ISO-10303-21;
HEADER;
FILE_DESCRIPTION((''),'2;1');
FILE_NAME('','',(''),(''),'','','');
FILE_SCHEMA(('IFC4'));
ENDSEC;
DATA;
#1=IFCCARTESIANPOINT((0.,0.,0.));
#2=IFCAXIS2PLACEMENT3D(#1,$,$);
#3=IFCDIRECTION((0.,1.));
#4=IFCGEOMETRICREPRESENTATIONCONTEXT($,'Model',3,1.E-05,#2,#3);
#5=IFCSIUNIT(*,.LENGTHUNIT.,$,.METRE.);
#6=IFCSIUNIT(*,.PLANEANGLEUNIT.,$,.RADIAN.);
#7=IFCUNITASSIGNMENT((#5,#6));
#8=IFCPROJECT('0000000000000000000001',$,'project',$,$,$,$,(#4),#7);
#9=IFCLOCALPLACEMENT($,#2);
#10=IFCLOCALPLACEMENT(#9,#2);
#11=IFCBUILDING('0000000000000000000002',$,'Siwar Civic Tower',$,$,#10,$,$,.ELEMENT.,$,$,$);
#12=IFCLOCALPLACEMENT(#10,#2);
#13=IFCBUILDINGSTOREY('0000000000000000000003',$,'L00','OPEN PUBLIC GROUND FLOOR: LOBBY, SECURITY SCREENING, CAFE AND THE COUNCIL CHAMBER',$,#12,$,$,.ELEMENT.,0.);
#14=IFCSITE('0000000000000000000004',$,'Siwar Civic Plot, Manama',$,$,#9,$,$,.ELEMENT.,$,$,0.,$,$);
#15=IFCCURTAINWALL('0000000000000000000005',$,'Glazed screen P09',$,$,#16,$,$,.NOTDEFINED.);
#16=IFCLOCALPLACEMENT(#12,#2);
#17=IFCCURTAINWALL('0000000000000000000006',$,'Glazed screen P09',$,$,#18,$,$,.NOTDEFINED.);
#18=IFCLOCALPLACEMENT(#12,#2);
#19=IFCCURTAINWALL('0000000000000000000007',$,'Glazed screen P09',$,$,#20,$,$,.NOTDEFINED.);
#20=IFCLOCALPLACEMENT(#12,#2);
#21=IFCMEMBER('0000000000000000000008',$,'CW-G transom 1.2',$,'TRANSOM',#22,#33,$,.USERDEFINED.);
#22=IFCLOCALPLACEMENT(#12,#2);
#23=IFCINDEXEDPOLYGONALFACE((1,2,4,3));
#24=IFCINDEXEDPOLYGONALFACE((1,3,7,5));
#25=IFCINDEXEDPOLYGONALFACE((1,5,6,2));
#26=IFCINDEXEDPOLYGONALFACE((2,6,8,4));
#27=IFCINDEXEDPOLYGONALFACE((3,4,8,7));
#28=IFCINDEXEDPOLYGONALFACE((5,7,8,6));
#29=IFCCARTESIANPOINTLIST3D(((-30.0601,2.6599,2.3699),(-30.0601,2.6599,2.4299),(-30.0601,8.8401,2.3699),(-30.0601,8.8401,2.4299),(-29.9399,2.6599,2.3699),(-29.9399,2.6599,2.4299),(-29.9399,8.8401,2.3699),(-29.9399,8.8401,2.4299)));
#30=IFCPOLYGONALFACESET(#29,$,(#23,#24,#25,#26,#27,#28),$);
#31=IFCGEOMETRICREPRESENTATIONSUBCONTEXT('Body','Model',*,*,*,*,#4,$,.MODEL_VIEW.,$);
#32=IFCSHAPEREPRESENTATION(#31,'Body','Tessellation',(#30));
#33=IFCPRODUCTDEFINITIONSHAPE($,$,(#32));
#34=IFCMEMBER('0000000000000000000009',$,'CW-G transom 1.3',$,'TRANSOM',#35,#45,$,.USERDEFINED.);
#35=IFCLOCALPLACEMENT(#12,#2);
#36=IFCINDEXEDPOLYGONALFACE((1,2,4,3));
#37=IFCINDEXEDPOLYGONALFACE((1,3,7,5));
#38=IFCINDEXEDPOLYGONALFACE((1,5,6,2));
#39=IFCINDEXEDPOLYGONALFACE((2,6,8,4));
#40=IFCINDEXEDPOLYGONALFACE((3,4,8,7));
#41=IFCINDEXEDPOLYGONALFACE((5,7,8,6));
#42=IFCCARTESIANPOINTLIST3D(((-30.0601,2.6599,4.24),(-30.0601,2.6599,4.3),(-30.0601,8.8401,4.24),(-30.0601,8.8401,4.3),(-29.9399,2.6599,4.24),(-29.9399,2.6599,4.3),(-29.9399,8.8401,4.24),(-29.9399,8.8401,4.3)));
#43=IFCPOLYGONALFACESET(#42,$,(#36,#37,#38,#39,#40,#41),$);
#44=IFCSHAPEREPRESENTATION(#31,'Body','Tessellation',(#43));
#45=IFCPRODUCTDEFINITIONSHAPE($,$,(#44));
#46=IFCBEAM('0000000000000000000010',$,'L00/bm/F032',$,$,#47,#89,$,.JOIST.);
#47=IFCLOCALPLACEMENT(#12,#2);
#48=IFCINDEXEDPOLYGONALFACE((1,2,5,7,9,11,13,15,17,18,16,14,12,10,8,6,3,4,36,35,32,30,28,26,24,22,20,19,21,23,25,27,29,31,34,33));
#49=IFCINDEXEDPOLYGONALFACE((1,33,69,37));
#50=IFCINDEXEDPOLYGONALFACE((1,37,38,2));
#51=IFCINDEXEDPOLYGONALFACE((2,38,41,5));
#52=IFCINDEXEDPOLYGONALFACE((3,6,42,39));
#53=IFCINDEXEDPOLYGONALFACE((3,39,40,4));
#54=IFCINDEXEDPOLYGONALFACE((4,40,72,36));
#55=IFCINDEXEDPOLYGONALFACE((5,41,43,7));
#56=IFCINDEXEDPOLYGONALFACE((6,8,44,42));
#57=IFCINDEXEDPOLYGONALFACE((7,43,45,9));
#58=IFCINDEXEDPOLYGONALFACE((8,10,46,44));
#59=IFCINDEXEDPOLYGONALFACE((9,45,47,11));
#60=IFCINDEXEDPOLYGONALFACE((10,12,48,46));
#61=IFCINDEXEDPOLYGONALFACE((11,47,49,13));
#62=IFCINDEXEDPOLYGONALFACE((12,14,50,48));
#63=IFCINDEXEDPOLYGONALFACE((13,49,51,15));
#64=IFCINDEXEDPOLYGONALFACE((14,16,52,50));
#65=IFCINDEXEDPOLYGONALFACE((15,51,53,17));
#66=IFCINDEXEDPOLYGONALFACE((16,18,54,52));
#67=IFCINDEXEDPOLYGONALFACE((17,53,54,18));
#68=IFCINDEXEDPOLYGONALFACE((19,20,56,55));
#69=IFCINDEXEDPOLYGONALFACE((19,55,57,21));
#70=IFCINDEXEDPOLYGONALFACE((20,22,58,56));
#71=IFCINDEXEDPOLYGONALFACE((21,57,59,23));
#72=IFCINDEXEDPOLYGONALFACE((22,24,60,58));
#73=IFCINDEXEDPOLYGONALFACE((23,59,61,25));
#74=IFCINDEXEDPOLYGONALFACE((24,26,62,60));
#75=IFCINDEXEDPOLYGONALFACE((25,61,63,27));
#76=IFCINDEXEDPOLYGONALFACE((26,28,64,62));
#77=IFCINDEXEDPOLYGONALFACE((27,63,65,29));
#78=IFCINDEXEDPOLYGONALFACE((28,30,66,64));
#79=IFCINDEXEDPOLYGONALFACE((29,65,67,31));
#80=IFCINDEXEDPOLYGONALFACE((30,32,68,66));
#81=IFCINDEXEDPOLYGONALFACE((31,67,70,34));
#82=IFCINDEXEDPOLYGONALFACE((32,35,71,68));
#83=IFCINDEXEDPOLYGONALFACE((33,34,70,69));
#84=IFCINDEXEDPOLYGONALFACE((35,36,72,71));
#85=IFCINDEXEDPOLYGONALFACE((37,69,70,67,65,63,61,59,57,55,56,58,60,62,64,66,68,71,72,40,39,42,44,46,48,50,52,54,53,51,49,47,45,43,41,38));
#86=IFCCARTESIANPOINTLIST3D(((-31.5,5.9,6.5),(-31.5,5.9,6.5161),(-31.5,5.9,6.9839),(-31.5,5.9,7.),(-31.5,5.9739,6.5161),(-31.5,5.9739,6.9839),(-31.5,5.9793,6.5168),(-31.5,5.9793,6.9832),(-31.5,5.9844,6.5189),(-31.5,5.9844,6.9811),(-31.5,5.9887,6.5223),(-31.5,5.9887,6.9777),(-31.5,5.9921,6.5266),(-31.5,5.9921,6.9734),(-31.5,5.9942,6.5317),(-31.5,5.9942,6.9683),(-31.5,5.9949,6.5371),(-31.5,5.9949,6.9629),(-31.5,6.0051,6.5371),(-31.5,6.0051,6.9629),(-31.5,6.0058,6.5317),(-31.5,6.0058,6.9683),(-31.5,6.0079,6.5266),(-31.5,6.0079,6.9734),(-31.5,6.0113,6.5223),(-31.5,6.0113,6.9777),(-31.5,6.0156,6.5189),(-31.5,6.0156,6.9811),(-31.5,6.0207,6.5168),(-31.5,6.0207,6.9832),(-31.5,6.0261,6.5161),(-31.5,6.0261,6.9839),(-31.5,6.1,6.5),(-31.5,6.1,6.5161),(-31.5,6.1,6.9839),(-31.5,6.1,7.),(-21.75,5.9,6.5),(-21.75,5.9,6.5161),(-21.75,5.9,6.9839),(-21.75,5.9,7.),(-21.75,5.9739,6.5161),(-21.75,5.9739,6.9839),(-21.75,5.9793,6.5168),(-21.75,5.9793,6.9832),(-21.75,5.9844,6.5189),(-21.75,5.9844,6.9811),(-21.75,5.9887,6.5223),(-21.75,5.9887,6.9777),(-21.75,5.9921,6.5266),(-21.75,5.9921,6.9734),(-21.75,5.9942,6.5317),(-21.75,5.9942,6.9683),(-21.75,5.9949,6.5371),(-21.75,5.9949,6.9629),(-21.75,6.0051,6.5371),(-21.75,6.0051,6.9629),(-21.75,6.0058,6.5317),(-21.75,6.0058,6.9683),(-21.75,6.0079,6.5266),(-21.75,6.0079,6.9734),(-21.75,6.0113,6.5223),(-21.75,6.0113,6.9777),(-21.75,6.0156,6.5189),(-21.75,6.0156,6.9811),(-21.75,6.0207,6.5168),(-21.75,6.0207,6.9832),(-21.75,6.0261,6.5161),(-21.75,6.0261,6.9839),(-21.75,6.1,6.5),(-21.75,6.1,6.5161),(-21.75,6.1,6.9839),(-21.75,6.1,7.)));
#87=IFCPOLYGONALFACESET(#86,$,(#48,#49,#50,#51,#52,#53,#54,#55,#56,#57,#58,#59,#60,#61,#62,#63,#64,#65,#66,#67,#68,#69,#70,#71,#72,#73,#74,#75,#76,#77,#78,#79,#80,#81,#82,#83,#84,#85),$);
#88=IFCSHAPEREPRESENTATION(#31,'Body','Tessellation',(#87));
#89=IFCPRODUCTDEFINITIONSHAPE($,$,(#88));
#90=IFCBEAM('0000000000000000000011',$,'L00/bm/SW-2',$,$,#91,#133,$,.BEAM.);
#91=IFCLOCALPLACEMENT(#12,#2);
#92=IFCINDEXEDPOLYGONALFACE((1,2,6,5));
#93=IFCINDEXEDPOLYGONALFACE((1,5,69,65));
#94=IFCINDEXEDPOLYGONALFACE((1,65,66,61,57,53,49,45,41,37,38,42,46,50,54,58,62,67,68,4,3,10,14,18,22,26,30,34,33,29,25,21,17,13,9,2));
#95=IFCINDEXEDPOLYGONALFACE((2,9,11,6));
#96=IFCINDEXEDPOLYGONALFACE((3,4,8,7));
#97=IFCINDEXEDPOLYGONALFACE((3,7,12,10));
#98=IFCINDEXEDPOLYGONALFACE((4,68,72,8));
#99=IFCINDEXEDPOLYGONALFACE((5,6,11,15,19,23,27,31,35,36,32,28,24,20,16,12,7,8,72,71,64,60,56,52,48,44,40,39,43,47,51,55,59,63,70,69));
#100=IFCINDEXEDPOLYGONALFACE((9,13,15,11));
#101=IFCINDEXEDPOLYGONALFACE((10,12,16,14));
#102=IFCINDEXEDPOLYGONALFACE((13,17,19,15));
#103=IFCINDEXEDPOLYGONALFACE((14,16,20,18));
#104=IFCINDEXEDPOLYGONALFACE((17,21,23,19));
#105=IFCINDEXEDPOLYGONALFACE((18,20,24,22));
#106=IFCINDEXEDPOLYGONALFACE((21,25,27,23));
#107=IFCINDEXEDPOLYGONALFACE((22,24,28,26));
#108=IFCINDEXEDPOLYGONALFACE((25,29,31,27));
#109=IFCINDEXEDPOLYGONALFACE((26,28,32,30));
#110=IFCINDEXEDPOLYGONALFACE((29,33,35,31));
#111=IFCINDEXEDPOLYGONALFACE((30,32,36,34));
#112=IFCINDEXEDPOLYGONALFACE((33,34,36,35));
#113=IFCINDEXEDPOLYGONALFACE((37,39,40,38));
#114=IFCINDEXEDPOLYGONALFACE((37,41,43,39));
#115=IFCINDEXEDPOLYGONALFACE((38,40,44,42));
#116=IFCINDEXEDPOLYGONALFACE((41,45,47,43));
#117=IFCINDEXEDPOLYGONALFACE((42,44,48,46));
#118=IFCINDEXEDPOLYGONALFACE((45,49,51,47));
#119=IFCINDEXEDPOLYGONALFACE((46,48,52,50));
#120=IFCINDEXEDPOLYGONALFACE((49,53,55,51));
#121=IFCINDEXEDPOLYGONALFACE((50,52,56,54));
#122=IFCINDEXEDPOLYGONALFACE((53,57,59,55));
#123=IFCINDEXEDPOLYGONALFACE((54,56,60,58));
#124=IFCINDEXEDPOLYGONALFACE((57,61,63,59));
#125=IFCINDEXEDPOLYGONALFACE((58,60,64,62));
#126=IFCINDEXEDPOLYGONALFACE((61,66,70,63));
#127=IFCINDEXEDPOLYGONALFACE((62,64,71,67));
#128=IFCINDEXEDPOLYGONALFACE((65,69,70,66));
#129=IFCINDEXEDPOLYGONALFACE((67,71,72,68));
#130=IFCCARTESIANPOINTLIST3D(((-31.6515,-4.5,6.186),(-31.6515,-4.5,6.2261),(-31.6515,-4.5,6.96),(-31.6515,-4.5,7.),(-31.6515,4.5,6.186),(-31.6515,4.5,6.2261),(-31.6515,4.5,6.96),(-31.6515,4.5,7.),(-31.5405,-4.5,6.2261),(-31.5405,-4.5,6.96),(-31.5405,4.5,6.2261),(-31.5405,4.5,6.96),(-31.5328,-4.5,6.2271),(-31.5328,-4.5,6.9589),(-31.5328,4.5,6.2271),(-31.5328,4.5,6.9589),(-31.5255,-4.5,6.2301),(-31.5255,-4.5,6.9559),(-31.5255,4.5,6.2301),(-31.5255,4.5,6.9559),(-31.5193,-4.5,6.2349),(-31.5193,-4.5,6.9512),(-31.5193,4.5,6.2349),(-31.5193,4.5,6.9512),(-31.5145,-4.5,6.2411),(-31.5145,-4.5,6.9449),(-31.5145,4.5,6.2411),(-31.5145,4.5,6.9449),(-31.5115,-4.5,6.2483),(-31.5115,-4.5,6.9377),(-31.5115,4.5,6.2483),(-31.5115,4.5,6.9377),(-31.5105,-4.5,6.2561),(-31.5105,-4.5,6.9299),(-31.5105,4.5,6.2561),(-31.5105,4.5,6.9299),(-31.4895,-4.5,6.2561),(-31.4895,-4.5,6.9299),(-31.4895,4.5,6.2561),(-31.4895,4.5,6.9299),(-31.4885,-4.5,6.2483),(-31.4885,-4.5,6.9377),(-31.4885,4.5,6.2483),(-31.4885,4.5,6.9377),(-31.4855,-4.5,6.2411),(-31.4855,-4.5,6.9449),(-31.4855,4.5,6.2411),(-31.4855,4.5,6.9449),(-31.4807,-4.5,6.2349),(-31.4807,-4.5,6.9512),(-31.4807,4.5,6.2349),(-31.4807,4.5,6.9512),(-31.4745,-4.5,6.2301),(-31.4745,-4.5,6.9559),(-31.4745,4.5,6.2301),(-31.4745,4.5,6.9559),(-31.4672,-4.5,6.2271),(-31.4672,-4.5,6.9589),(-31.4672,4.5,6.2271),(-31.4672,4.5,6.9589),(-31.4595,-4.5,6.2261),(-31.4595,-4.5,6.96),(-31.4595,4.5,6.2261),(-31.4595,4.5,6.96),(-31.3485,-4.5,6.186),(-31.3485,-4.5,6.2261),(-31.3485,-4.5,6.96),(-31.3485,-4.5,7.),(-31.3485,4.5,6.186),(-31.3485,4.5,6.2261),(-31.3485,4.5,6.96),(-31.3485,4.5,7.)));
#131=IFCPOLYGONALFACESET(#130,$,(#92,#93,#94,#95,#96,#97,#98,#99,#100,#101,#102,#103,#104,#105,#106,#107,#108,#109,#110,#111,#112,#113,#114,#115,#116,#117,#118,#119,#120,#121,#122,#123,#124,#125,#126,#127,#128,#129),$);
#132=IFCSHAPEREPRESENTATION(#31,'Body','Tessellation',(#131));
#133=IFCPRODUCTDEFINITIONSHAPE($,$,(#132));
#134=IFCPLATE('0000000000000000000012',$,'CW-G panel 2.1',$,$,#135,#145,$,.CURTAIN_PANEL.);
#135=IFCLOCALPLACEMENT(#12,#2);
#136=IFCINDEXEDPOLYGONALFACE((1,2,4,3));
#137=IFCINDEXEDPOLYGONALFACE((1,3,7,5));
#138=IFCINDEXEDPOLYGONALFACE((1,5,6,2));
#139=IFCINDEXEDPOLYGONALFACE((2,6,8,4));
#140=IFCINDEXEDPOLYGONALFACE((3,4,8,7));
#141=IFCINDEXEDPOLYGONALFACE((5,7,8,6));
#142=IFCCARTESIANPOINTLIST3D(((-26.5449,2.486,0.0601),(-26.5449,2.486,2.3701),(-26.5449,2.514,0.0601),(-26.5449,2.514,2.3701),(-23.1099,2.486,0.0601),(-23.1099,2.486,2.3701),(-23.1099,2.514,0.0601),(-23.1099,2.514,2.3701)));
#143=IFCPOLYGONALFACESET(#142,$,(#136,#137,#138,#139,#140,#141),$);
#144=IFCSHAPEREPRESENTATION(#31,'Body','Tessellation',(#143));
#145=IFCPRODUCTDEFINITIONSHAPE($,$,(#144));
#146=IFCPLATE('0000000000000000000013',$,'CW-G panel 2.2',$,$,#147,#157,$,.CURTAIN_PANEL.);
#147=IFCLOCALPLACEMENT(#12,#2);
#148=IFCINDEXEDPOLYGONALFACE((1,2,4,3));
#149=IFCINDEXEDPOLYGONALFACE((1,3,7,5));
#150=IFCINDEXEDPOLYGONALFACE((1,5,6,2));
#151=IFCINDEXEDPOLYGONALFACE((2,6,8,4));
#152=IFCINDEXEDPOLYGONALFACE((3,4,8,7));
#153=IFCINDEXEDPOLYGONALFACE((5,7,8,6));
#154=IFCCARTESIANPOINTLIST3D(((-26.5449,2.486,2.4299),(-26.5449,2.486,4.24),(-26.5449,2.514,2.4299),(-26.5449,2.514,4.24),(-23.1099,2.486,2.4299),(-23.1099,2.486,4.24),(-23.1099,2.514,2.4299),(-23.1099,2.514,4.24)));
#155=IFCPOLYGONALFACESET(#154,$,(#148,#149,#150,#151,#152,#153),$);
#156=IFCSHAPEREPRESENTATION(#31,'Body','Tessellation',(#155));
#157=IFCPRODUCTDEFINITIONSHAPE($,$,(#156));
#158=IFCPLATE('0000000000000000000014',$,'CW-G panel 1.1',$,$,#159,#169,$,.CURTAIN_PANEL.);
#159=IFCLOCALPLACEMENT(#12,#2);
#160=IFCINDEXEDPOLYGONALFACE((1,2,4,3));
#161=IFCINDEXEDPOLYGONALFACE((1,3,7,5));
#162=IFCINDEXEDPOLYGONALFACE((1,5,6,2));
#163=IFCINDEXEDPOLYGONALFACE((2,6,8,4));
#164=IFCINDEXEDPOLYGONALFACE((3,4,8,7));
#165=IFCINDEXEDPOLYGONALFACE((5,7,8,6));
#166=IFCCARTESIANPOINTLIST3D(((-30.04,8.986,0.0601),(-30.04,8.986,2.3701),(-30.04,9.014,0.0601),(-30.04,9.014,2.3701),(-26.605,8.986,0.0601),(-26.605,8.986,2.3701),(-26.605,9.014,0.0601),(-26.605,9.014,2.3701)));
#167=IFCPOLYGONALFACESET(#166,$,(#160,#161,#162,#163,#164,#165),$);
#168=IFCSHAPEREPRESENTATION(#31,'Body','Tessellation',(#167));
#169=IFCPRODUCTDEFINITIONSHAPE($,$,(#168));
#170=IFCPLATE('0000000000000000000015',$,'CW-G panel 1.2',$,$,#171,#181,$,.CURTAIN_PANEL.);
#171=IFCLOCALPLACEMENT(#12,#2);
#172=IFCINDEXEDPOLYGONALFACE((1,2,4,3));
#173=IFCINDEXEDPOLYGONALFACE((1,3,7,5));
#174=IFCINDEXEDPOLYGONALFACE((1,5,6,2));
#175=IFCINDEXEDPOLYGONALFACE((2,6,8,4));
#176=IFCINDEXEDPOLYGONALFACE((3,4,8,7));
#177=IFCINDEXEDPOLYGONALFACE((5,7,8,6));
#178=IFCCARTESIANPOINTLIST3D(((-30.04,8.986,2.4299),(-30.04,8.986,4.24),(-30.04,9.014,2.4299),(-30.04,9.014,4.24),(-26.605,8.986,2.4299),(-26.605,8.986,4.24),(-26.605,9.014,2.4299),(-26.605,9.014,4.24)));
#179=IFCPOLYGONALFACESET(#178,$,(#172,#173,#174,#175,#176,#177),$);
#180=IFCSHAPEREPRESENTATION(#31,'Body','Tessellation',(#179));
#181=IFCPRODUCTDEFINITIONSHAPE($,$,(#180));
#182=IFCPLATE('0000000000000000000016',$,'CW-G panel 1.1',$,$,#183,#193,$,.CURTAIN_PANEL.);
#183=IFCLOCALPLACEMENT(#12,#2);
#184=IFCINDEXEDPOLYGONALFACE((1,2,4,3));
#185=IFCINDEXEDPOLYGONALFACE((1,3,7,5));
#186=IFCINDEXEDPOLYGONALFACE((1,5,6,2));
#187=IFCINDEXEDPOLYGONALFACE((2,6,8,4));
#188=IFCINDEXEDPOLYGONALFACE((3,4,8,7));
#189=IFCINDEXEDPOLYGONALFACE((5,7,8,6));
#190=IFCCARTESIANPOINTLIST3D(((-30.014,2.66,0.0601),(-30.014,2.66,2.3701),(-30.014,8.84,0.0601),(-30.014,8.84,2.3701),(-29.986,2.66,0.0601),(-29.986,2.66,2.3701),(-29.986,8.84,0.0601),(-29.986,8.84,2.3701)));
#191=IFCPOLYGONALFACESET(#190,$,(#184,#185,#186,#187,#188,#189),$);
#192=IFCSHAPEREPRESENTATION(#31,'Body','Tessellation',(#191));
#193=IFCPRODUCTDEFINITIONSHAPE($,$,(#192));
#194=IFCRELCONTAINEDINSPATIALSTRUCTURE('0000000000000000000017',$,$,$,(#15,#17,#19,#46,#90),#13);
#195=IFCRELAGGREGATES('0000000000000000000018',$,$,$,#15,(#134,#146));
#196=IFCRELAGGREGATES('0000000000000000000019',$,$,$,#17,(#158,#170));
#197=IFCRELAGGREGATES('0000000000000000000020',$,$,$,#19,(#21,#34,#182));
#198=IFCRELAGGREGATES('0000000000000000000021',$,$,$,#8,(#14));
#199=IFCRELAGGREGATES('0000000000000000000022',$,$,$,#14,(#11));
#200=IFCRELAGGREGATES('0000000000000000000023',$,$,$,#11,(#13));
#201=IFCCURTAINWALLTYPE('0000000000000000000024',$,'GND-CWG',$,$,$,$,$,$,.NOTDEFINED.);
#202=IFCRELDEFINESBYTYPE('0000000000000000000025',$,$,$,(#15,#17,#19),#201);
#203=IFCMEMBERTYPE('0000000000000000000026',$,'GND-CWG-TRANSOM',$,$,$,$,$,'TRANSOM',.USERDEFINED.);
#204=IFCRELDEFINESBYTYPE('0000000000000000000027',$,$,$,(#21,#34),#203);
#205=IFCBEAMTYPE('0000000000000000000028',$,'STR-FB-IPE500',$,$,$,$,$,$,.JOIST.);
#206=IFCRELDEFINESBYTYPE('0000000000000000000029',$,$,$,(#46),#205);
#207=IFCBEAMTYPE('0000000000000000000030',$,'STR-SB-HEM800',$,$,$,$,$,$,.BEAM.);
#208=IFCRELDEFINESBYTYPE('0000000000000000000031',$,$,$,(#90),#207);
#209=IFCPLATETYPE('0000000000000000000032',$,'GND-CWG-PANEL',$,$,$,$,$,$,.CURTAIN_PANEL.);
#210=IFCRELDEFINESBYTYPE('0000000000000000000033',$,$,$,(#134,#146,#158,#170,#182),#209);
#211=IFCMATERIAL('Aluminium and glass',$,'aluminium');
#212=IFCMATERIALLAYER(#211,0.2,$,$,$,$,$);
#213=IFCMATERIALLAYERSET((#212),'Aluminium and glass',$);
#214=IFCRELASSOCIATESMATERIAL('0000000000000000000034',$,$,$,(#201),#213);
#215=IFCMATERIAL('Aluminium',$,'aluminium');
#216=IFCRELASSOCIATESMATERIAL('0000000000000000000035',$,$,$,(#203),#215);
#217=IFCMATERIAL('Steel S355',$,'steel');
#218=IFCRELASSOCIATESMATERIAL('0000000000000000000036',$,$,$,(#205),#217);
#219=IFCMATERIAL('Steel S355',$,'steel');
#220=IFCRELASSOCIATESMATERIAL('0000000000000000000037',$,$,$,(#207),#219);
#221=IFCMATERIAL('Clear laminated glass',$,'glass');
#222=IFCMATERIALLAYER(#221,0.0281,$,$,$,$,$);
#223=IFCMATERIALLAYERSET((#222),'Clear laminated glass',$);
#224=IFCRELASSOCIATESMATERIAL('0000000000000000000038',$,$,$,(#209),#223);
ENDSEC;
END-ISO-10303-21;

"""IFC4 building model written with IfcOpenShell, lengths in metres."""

from ifc_helpers import new_model, si_unit, direction, frame, origin, origin_2d, place, context, subcontext, project, spatial, rectangle, i_section, extrude, material, layer, layer_set, material_profile, profile_set, type_object, element, aggregate, save


model = new_model("IFC4")

# Units and contexts
model_context = context("Model", 3, precision=1e-05, world=origin(), true_north=direction((0.0, 1.0)))
body_context = subcontext(model_context, "Body", "Model", "MODEL_VIEW")
ifc_project = project(units=[si_unit("LENGTHUNIT", "METRE"), si_unit("PLANEANGLEUNIT", "RADIAN")], contexts=[model_context])

# Site, building, storey
site_placement = place(None, origin())
site = spatial("IfcSite", under=ifc_project, at=site_placement, Name="Siwar Civic Plot, Manama", CompositionType="ELEMENT", RefElevation=0.0)
building_placement = place(site_placement, origin())
building = spatial("IfcBuilding", under=site, at=building_placement, Name="Siwar Civic Tower", CompositionType="ELEMENT")
storey_placement = place(building_placement, origin())
storey = spatial("IfcBuildingStorey", under=building, at=storey_placement, Name="L00", Description="OPEN PUBLIC GROUND FLOOR: LOBBY, SECURITY SCREENING, CAFE AND THE COUNCIL CHAMBER", CompositionType="ELEMENT", Elevation=0.0)

# Curtain wall
ifc_material_1 = material(Name="Aluminium and glass", Category="aluminium")
ifc_layer_1 = layer(ifc_material_1, 0.2)
ifc_layer_set_1 = layer_set([ifc_layer_1], Name="Aluminium and glass")
curtain_wall_type = type_object("IfcCurtainWallType", Name="GND-CWG", PredefinedType="NOTDEFINED", material=ifc_layer_set_1)
curtain_wall_1_placement = place(storey_placement, origin())
curtain_wall_1 = element("IfcCurtainWall", 1, at=curtain_wall_1_placement, inside=storey, type_object=curtain_wall_type, Name="Glazed screen P09", PredefinedType="NOTDEFINED")

# Curtain walls
curtain_wall_2_placement = place(storey_placement, origin())
curtain_wall_2 = element("IfcCurtainWall", 2, at=curtain_wall_2_placement, inside=storey, type_object=curtain_wall_type, Name="Glazed screen P09", PredefinedType="NOTDEFINED")
curtain_wall_3_placement = place(storey_placement, origin())
curtain_wall_3 = element("IfcCurtainWall", 3, at=curtain_wall_3_placement, inside=storey, type_object=curtain_wall_type, Name="Glazed screen P09", PredefinedType="NOTDEFINED")

# Members
ifc_material_2 = material(Name="Aluminium", Category="aluminium")
ifc_material_profile_1 = material_profile(ifc_material_2, rectangle(XDim=0.1201, YDim=0.0601, at=origin_2d()), Name="AL 120x60")
ifc_profile_set_1 = profile_set([ifc_material_profile_1], Name="Aluminium")
member_type_1 = type_object("IfcMemberType", Name="GND-CWG-TRANSOM", ElementType="TRANSOM", PredefinedType="USERDEFINED", material=ifc_profile_set_1)
member_1_placement = place(storey_placement, frame((-30.0, 2.6599, 2.3999), z_axis=(0.0, 1.0, 0.0), x_axis=(-1.0, 0.0, 0.0)))
member_1 = element("IfcMember", 4, at=member_1_placement, type_object=member_type_1, Name="CW-G transom 1.2", ObjectType="TRANSOM", PredefinedType="USERDEFINED", context=body_context, shape_type="SweptSolid", body=[
    extrude(rectangle(XDim=0.1201, YDim=0.0601, at=origin_2d()), origin(), (0.0, 0.0, 1.0), 6.1802),
])
member_2_placement = place(storey_placement, frame((-30.0, 2.6599, 4.27), z_axis=(0.0, 1.0, 0.0), x_axis=(-1.0, 0.0, 0.0)))
member_2 = element("IfcMember", 5, at=member_2_placement, type_object=member_type_1, Name="CW-G transom 1.3", ObjectType="TRANSOM", PredefinedType="USERDEFINED", context=body_context, shape_type="SweptSolid", body=[
    extrude(rectangle(XDim=0.1201, YDim=0.0601, at=origin_2d()), origin(), (0.0, 0.0, 1.0), 6.1802),
])

# Beams
ifc_material_3 = material(Name="Steel S355", Category="steel")
ifc_material_profile_2 = material_profile(ifc_material_3, i_section(OverallWidth=0.2, OverallDepth=0.5, WebThickness=0.0103, FlangeThickness=0.0161, FilletRadius=0.021, at=origin_2d()), Name="IPE500")
ifc_profile_set_2 = profile_set([ifc_material_profile_2], Name="Steel S355")
beam_type_1 = type_object("IfcBeamType", Name="STR-FB-IPE500", PredefinedType="JOIST", material=ifc_profile_set_2)
beam_1_placement = place(storey_placement, frame((-31.5, 6.0, 6.75), z_axis=(1.0, 0.0, 0.0), x_axis=(0.0, 1.0, 0.0)))
element("IfcBeam", 6, at=beam_1_placement, inside=storey, type_object=beam_type_1, Name="L00/bm/F032", PredefinedType="JOIST", context=body_context, shape_type="SweptSolid", body=[
    extrude(i_section(OverallWidth=0.2, OverallDepth=0.5, WebThickness=0.0103, FlangeThickness=0.0161, FilletRadius=0.021, at=origin_2d()), origin(), (0.0, 0.0, 1.0), 9.75),
])
ifc_material_4 = material(Name="Steel S355", Category="steel")
ifc_material_profile_3 = material_profile(ifc_material_4, i_section(OverallWidth=0.303, OverallDepth=0.814, WebThickness=0.021, FlangeThickness=0.04, FilletRadius=0.03, at=origin_2d()), Name="HEM800")
ifc_profile_set_3 = profile_set([ifc_material_profile_3], Name="Steel S355")
beam_type_2 = type_object("IfcBeamType", Name="STR-SB-HEM800", PredefinedType="BEAM", material=ifc_profile_set_3)
beam_2_placement = place(storey_placement, frame((-31.5, 4.5, 6.593), z_axis=(0.0, -1.0, 0.0), x_axis=(1.0, 0.0, 0.0)))
element("IfcBeam", 7, at=beam_2_placement, inside=storey, type_object=beam_type_2, Name="L00/bm/SW-2", PredefinedType="BEAM", context=body_context, shape_type="SweptSolid", body=[
    extrude(i_section(OverallWidth=0.303, OverallDepth=0.814, WebThickness=0.021, FlangeThickness=0.04, FilletRadius=0.03, at=origin_2d()), origin(), (0.0, 0.0, 1.0), 9.0),
])

# Plates
ifc_material_5 = material(Name="Clear laminated glass", Category="glass")
ifc_layer_2 = layer(ifc_material_5, 0.0281)
ifc_layer_set_2 = layer_set([ifc_layer_2], Name="Clear laminated glass")
plate_type = type_object("IfcPlateType", Name="GND-CWG-PANEL", PredefinedType="CURTAIN_PANEL", material=ifc_layer_set_2)
plate_1_placement = place(storey_placement, frame((-24.8274, 2.5, 0.0601), z_axis=(0.0, 0.0, 1.0), x_axis=(1.0, 0.0, 0.0)))
plate_1 = element("IfcPlate", 8, at=plate_1_placement, type_object=plate_type, Name="CW-G panel 2.1", PredefinedType="CURTAIN_PANEL", context=body_context, shape_type="SweptSolid", body=[
    extrude(rectangle(XDim=3.4351, YDim=0.0281, at=origin_2d()), origin(), (0.0, 0.0, 1.0), 2.3101),
])
plate_2_placement = place(storey_placement, frame((-24.8274, 2.5, 2.4299), z_axis=(0.0, 0.0, 1.0), x_axis=(1.0, 0.0, 0.0)))
plate_2 = element("IfcPlate", 9, at=plate_2_placement, type_object=plate_type, Name="CW-G panel 2.2", PredefinedType="CURTAIN_PANEL", context=body_context, shape_type="SweptSolid", body=[
    extrude(rectangle(XDim=3.4351, YDim=0.0281, at=origin_2d()), origin(), (0.0, 0.0, 1.0), 1.8101),
])
aggregate(curtain_wall_1, [plate_1, plate_2])
plate_3_placement = place(storey_placement, frame((-28.3225, 9.0, 0.0601), z_axis=(0.0, 0.0, 1.0), x_axis=(1.0, 0.0, 0.0)))
plate_3 = element("IfcPlate", 10, at=plate_3_placement, type_object=plate_type, Name="CW-G panel 1.1", PredefinedType="CURTAIN_PANEL", context=body_context, shape_type="SweptSolid", body=[
    extrude(rectangle(XDim=3.4351, YDim=0.0281, at=origin_2d()), origin(), (0.0, 0.0, 1.0), 2.3101),
])
plate_4_placement = place(storey_placement, frame((-28.3225, 9.0, 2.4299), z_axis=(0.0, 0.0, 1.0), x_axis=(1.0, 0.0, 0.0)))
plate_4 = element("IfcPlate", 11, at=plate_4_placement, type_object=plate_type, Name="CW-G panel 1.2", PredefinedType="CURTAIN_PANEL", context=body_context, shape_type="SweptSolid", body=[
    extrude(rectangle(XDim=3.4351, YDim=0.0281, at=origin_2d()), origin(), (0.0, 0.0, 1.0), 1.8101),
])
aggregate(curtain_wall_2, [plate_3, plate_4])
plate_5_placement = place(storey_placement, frame((-30.0, 5.75, 0.0601), z_axis=(0.0, 0.0, 1.0), x_axis=(0.0, 1.0, 0.0)))
plate_5 = element("IfcPlate", 12, at=plate_5_placement, type_object=plate_type, Name="CW-G panel 1.1", PredefinedType="CURTAIN_PANEL", context=body_context, shape_type="SweptSolid", body=[
    extrude(rectangle(XDim=6.1799, YDim=0.0281, at=origin_2d()), origin(), (0.0, 0.0, 1.0), 2.3101),
])
aggregate(curtain_wall_3, [member_1, member_2, plate_5])

save(model, "model.ifc")
